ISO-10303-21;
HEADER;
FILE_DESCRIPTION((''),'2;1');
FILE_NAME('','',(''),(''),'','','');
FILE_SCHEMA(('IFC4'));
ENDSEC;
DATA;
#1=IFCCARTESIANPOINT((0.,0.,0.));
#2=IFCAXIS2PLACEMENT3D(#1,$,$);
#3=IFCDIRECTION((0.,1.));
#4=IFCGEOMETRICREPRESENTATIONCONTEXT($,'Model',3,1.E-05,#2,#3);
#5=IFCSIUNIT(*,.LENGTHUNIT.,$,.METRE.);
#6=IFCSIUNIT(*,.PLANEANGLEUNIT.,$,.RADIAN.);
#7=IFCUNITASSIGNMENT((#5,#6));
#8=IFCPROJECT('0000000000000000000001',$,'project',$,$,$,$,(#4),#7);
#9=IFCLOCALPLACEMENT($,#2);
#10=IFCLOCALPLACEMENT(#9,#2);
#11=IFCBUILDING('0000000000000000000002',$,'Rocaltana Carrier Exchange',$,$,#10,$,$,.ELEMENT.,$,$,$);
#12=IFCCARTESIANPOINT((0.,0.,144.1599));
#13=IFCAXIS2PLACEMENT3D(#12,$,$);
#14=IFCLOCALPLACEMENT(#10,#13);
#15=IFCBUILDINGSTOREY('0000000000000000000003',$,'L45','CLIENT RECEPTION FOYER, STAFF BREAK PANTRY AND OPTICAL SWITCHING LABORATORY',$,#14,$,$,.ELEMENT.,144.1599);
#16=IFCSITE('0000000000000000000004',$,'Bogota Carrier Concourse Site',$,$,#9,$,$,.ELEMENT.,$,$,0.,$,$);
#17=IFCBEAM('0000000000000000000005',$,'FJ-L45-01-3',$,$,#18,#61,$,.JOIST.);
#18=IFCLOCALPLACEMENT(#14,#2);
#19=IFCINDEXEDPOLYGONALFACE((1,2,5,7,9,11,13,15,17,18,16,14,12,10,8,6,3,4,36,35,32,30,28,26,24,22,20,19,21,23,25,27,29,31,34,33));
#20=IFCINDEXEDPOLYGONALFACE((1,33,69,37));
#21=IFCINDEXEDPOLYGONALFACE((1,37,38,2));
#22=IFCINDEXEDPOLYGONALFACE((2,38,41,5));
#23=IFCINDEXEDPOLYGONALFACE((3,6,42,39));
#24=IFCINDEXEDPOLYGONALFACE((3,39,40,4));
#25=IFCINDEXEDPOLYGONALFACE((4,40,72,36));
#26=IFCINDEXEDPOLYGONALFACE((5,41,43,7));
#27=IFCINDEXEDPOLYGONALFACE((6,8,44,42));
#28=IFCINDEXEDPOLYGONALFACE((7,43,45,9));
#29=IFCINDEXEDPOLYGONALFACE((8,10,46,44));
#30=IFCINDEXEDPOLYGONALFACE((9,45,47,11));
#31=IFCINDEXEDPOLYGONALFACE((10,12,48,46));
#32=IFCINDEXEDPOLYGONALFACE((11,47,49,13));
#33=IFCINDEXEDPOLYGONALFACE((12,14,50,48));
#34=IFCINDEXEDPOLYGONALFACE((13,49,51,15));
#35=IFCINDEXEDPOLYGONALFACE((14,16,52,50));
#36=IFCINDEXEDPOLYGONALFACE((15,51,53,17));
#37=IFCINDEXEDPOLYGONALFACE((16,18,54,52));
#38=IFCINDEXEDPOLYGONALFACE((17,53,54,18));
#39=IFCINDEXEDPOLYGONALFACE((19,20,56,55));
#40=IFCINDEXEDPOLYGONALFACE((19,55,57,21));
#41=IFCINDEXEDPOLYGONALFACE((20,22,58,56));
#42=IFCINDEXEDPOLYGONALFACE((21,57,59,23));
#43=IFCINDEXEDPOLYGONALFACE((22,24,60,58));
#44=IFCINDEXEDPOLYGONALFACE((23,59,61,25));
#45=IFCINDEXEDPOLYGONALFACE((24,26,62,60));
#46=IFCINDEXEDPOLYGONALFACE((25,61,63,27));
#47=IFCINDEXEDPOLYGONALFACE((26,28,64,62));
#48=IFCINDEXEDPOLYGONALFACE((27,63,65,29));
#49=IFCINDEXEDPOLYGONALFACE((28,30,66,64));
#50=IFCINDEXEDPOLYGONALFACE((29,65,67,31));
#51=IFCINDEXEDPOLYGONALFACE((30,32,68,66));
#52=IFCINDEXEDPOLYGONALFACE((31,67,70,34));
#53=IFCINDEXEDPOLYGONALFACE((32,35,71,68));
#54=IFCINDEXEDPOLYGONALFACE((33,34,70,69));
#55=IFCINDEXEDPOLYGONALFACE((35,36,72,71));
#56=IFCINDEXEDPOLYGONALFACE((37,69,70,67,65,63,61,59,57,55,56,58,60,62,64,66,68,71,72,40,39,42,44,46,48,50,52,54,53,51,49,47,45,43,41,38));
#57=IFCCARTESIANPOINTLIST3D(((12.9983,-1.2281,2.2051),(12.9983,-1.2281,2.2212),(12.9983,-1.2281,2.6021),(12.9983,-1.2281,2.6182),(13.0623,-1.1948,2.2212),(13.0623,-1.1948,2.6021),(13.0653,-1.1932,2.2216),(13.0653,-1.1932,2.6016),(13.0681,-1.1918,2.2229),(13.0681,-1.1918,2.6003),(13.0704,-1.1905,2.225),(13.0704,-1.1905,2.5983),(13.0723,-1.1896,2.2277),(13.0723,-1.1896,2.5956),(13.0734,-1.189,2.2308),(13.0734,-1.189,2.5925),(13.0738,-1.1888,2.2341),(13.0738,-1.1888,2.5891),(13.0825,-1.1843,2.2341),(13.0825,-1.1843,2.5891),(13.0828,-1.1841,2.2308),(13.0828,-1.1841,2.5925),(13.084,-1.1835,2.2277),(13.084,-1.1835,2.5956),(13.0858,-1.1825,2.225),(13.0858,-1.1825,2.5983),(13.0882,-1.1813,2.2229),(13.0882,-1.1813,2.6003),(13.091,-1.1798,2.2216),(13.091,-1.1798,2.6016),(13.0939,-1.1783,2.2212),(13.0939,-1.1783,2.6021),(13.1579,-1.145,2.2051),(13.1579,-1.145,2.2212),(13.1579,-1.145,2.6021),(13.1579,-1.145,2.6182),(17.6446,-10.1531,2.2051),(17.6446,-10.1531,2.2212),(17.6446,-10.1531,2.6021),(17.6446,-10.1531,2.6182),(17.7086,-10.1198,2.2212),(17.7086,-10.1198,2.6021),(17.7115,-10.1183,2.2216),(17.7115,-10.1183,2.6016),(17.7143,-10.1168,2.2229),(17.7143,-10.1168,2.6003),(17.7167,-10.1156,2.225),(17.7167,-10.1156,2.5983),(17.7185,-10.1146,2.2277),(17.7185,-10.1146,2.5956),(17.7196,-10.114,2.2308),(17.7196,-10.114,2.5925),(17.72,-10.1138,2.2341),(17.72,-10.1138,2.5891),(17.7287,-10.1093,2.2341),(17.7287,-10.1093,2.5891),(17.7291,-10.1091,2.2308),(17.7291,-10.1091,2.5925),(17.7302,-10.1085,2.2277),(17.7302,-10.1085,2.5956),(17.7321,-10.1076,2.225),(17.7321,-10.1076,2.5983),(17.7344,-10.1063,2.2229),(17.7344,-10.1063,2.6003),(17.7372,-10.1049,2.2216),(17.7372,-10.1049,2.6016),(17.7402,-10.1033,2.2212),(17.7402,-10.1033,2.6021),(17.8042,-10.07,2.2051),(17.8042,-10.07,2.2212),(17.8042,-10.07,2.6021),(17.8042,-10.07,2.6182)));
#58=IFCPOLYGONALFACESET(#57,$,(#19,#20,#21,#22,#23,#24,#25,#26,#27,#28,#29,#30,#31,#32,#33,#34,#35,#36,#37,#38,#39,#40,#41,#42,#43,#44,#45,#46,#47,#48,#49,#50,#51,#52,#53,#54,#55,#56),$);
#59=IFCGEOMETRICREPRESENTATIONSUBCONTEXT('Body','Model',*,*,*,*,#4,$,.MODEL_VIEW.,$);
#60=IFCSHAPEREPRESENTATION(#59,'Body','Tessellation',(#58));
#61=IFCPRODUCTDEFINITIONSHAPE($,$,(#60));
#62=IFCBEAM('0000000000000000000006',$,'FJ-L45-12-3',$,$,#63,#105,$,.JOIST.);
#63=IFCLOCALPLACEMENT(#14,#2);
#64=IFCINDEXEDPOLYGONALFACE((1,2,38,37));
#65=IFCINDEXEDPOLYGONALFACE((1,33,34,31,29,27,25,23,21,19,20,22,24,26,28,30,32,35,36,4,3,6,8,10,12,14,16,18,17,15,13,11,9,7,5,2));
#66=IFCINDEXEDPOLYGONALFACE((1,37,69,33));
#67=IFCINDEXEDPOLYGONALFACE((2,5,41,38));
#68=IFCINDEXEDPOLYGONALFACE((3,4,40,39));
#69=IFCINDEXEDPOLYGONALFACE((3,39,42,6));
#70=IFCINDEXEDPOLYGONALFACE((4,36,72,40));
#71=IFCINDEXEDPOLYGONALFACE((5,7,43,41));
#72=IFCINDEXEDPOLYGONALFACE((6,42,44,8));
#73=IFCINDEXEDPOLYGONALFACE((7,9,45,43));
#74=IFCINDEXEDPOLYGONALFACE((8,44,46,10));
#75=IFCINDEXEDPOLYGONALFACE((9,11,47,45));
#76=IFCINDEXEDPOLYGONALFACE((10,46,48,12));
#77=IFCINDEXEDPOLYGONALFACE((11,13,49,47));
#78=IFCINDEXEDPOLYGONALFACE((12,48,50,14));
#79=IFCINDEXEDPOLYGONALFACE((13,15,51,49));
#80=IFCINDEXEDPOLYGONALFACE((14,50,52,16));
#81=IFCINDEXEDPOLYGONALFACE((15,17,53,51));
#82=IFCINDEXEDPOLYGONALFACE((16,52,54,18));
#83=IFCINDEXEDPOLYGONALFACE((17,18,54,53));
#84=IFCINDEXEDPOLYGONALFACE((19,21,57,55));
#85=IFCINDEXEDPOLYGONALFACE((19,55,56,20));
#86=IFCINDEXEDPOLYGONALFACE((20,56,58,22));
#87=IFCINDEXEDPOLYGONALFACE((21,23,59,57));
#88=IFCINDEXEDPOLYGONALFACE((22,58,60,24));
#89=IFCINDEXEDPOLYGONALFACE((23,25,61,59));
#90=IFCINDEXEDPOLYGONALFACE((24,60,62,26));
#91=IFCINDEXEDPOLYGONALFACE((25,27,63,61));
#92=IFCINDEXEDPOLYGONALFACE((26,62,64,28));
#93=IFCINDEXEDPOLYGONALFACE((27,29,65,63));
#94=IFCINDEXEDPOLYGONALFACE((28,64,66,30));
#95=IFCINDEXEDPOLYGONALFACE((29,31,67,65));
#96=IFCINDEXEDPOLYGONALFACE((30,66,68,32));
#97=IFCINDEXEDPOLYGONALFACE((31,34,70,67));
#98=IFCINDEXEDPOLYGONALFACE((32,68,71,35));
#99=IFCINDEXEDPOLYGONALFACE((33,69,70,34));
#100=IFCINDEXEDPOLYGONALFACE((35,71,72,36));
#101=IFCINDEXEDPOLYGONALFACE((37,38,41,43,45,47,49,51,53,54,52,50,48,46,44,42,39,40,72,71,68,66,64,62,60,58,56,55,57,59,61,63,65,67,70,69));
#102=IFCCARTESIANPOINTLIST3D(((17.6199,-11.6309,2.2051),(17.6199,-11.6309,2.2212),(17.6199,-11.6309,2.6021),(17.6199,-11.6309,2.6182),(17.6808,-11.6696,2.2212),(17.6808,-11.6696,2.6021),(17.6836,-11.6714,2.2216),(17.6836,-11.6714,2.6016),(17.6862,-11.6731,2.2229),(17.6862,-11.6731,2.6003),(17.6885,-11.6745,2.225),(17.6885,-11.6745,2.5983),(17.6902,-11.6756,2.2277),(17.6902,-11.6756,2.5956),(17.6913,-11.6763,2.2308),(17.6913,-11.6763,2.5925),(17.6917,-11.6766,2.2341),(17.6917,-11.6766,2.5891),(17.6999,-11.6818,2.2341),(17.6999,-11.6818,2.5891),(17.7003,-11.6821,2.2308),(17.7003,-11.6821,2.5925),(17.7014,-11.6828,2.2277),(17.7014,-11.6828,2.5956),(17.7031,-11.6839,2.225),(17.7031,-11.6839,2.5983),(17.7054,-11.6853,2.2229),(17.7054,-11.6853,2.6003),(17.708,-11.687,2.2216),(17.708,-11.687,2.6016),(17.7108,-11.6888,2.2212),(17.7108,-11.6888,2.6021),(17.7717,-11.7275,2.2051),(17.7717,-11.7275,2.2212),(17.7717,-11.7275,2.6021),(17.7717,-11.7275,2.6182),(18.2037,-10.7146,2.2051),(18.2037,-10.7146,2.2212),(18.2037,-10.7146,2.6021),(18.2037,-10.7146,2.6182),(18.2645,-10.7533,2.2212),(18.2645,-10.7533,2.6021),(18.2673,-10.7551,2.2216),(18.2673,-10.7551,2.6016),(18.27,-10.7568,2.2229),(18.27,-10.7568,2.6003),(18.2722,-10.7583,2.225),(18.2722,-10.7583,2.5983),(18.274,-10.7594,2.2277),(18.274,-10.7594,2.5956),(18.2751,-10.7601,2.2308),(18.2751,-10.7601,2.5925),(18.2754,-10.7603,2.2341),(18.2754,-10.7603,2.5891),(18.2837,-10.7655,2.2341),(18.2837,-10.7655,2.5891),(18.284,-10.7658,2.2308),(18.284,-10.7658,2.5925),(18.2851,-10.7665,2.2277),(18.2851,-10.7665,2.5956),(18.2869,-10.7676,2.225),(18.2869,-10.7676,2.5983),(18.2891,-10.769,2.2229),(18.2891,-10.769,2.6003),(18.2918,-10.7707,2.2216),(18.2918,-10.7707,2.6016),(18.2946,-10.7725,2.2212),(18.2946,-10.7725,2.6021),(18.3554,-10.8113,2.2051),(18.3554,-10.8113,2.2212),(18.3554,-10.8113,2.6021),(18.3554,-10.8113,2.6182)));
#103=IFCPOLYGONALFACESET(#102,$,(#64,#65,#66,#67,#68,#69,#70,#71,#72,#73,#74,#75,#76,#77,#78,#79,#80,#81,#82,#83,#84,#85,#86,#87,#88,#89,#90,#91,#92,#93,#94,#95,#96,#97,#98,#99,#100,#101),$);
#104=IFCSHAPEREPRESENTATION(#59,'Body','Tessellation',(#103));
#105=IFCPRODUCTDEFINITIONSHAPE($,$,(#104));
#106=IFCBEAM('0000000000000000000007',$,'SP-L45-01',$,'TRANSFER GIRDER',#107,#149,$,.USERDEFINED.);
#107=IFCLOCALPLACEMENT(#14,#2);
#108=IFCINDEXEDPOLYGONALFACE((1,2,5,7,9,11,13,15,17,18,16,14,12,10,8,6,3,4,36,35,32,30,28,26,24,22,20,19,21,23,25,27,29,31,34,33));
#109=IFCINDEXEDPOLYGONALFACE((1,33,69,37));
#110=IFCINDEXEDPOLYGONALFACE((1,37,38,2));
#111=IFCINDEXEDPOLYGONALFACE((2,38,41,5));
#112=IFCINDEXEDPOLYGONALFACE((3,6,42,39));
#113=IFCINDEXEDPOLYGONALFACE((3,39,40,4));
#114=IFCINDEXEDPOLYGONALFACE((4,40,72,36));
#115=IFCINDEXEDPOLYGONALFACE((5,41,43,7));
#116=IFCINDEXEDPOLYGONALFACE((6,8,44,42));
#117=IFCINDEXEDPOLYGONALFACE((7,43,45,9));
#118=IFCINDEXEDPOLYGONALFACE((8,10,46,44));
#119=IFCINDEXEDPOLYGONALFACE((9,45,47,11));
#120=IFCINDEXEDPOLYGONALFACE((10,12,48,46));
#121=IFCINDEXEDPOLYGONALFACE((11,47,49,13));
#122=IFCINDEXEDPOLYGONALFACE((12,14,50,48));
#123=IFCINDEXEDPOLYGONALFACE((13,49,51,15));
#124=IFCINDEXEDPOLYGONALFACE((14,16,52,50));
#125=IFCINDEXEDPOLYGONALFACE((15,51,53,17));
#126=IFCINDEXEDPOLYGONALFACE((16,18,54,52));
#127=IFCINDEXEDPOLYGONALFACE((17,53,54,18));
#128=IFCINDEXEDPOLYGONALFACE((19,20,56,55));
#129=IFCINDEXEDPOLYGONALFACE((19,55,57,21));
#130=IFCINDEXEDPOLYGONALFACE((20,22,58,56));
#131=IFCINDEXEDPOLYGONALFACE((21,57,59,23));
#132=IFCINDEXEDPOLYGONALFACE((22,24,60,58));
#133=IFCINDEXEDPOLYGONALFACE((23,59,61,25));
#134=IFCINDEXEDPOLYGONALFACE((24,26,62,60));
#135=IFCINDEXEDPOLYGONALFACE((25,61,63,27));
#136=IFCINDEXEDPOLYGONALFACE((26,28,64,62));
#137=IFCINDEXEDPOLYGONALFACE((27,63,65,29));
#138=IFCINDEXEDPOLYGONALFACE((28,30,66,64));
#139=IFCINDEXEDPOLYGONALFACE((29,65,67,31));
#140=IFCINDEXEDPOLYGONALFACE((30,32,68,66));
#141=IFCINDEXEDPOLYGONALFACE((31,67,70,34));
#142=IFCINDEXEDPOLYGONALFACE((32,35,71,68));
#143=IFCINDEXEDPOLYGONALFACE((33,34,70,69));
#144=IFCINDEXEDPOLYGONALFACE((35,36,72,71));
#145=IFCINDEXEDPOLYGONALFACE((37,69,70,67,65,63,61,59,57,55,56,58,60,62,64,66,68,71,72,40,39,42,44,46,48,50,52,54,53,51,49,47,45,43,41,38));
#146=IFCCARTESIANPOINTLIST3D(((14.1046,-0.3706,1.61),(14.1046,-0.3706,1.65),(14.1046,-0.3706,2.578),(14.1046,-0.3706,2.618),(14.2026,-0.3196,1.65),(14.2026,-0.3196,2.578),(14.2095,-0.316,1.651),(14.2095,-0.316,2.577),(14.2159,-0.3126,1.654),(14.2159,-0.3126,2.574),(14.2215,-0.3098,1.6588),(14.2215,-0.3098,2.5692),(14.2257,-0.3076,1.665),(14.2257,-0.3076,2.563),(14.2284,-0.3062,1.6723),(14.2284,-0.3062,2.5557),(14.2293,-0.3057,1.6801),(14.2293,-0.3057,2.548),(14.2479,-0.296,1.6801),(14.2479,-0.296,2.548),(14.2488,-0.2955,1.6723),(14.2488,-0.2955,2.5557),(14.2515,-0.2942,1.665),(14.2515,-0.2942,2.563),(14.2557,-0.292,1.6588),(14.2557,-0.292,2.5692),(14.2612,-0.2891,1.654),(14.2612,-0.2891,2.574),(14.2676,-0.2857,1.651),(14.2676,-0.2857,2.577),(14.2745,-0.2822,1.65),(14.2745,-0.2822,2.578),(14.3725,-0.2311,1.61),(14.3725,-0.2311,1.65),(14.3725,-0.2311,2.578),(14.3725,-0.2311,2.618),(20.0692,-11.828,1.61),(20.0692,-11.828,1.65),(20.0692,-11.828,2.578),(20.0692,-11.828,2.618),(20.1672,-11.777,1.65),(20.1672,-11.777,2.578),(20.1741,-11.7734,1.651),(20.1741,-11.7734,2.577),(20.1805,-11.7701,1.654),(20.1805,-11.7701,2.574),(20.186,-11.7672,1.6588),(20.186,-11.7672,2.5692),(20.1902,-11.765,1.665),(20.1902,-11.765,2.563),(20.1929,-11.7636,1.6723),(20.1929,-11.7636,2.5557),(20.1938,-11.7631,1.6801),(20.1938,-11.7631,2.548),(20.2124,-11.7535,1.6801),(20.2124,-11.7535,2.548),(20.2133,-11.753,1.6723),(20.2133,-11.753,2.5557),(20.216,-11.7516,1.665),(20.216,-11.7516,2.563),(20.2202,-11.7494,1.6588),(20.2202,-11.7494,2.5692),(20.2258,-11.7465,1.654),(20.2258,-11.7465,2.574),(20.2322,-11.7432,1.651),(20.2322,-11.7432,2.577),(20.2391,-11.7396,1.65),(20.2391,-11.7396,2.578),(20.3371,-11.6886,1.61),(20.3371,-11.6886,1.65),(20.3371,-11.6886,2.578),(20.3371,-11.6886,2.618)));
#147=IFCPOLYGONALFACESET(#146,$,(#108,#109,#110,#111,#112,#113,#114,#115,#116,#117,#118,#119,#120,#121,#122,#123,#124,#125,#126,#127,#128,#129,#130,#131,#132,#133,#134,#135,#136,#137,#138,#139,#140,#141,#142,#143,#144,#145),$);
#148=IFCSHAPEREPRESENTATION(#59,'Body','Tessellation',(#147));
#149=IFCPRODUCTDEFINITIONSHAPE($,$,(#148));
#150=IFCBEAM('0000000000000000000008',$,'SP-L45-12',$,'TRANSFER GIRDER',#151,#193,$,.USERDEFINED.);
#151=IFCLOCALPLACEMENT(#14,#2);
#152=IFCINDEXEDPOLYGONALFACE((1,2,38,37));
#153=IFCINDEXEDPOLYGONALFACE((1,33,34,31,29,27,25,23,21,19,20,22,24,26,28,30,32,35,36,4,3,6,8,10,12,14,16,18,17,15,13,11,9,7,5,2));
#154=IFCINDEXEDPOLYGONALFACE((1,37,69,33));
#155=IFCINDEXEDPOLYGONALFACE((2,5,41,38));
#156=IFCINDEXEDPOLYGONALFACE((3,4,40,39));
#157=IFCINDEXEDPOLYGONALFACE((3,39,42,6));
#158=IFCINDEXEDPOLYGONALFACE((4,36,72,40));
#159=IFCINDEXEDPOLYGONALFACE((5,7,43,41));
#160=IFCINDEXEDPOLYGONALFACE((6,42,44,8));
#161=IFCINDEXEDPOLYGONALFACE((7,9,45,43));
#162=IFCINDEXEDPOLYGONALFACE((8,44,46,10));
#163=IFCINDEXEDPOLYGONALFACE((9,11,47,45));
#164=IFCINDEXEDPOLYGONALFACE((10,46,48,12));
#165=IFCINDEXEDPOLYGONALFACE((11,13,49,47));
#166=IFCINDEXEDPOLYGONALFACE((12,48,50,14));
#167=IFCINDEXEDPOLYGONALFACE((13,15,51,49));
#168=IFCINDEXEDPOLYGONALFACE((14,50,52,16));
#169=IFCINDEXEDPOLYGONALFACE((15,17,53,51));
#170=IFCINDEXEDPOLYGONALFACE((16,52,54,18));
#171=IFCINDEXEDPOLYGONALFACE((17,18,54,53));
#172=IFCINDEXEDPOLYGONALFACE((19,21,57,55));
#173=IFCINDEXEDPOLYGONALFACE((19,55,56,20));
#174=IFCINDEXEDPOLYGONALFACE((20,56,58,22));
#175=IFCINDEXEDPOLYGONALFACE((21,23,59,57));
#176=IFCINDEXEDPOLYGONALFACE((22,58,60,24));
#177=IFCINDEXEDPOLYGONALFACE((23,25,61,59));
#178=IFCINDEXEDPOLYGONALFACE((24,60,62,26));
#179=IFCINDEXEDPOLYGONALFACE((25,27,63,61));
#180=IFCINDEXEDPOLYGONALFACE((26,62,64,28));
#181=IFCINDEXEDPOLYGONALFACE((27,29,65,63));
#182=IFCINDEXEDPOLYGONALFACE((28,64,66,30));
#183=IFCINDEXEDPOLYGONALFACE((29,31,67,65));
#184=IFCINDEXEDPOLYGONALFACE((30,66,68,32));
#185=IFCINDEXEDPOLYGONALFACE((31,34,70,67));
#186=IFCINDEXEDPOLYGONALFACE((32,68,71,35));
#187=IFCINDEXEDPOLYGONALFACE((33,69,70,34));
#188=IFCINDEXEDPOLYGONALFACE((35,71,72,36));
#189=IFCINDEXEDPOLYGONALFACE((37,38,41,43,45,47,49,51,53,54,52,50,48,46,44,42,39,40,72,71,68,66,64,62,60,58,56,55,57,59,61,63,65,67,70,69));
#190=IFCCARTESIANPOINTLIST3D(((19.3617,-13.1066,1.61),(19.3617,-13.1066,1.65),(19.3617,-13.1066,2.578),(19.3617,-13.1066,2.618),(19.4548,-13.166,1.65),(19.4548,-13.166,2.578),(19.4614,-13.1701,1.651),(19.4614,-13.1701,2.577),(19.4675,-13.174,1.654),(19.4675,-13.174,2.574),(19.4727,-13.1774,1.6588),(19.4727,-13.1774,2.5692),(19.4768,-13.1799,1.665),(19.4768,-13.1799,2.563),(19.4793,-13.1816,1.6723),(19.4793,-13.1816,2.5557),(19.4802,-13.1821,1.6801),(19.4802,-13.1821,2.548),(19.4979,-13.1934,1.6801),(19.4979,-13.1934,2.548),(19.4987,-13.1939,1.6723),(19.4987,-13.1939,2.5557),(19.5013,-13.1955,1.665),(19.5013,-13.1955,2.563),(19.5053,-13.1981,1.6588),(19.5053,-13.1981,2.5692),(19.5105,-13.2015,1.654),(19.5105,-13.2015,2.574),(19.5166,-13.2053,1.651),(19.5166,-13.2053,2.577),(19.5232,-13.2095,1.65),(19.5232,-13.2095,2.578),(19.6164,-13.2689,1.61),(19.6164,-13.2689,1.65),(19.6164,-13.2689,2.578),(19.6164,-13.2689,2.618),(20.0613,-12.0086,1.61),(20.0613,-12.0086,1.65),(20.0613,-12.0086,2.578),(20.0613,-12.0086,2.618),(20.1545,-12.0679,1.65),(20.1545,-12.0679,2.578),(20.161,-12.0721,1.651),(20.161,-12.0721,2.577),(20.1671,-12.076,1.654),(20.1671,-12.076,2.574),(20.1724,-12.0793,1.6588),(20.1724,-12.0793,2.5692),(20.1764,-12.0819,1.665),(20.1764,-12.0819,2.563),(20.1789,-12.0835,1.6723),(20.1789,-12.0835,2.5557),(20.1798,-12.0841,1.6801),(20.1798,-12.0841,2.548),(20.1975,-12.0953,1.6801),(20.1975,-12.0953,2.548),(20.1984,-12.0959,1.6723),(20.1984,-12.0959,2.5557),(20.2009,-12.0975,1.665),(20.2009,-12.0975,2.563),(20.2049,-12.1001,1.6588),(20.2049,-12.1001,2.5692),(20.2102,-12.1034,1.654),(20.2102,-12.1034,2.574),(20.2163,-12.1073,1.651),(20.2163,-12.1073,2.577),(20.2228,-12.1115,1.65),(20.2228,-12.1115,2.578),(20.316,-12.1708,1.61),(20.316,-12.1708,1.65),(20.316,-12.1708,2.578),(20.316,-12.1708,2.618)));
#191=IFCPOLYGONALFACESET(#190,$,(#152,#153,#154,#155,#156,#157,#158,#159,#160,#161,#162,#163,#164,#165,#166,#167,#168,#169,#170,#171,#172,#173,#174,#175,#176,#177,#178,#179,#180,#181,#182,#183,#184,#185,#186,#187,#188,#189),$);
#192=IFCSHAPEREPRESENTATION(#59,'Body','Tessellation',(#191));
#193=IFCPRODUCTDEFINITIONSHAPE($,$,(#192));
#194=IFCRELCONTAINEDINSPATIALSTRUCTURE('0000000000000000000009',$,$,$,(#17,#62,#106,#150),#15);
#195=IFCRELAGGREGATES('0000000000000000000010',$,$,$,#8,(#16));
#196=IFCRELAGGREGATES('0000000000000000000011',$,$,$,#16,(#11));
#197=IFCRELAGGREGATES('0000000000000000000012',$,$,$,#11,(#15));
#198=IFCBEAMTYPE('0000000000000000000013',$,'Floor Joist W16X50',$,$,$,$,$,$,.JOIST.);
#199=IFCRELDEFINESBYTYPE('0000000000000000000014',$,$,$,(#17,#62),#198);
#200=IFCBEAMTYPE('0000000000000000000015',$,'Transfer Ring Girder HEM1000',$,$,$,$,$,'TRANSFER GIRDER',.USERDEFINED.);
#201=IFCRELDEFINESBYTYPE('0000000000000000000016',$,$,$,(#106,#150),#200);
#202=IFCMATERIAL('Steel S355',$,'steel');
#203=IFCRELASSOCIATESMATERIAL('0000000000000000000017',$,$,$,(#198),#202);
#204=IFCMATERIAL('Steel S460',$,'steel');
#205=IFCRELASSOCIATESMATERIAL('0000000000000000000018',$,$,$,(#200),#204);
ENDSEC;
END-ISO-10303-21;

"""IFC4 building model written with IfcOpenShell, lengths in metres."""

from ifc_helpers import new_model, si_unit, direction, frame, origin, origin_2d, place, context, subcontext, project, spatial, i_section, extrude, material, material_profile, profile_set, type_object, element, save


model = new_model("IFC4")

# Units and contexts
model_context = context("Model", 3, precision=1e-05, world=origin(), true_north=direction((0.0, 1.0)))
body_context = subcontext(model_context, "Body", "Model", "MODEL_VIEW")
ifc_project = project(units=[si_unit("LENGTHUNIT", "METRE"), si_unit("PLANEANGLEUNIT", "RADIAN")], contexts=[model_context])

# Site, building, storey
site_placement = place(None, origin())
site = spatial("IfcSite", under=ifc_project, at=site_placement, Name="Bogota Carrier Concourse Site", CompositionType="ELEMENT", RefElevation=0.0)
building_placement = place(site_placement, origin())
building = spatial("IfcBuilding", under=site, at=building_placement, Name="Rocaltana Carrier Exchange", CompositionType="ELEMENT")
storey_placement = place(building_placement, frame((0.0, 0.0, 144.1599)))
storey = spatial("IfcBuildingStorey", under=building, at=storey_placement, Name="L45", Description="CLIENT RECEPTION FOYER, STAFF BREAK PANTRY AND OPTICAL SWITCHING LABORATORY", CompositionType="ELEMENT", Elevation=144.1599)

# Beams
ifc_material_1 = material(Name="Steel S355", Category="steel")
ifc_material_profile_1 = material_profile(ifc_material_1, i_section(OverallWidth=0.1799, OverallDepth=0.4131, WebThickness=0.0098, FlangeThickness=0.0161, FilletRadius=0.0129, at=origin_2d()), Name="W16X50")
ifc_profile_set_1 = profile_set([ifc_material_profile_1], Name="Steel S355")
beam_type_1 = type_object("IfcBeamType", Name="Floor Joist W16X50", PredefinedType="JOIST", material=ifc_profile_set_1)
beam_1_placement = place(storey_placement, frame((17.7244, -10.1116, 2.4116), z_axis=(-0.461761, 0.887005, 0.0), x_axis=(-0.887005, -0.461761, 0.0)))
element("IfcBeam", 1, at=beam_1_placement, inside=storey, type_object=beam_type_1, Name="FJ-L45-01-3", PredefinedType="JOIST", context=body_context, shape_type="SweptSolid", body=[
    extrude(i_section(OverallWidth=0.1799, OverallDepth=0.4131, WebThickness=0.0098, FlangeThickness=0.0161, FilletRadius=0.0129, at=origin_2d()), origin(), (0.0, 0.0, 1.0), 10.062),
])
beam_2_placement = place(storey_placement, frame((17.6958, -11.6792, 2.4116), z_axis=(0.537312, 0.843384, 0.0), x_axis=(-0.843384, 0.537312, 0.0)))
element("IfcBeam", 2, at=beam_2_placement, inside=storey, type_object=beam_type_1, Name="FJ-L45-12-3", PredefinedType="JOIST", context=body_context, shape_type="SweptSolid", body=[
    extrude(i_section(OverallWidth=0.1799, OverallDepth=0.4131, WebThickness=0.0098, FlangeThickness=0.0161, FilletRadius=0.0129, at=origin_2d()), origin(), (0.0, 0.0, 1.0), 1.0864),
])
ifc_material_2 = material(Name="Steel S460", Category="steel")
ifc_material_profile_2 = material_profile(ifc_material_2, i_section(OverallWidth=0.302, OverallDepth=1.0081, WebThickness=0.021, FlangeThickness=0.04, FilletRadius=0.03, at=origin_2d()), Name="HEM1000")
ifc_profile_set_2 = profile_set([ifc_material_profile_2], Name="Steel S460")
beam_type_2 = type_object("IfcBeamType", Name="Transfer Ring Girder HEM1000", ElementType="TRANSFER GIRDER", PredefinedType="USERDEFINED", material=ifc_profile_set_2)
beam_3_placement = place(storey_placement, frame((20.2031, -11.7583, 2.114), z_axis=(-0.46176, 0.887005, 0.0), x_axis=(-0.887005, -0.46176, 0.0)))
element("IfcBeam", 3, at=beam_3_placement, inside=storey, type_object=beam_type_2, Name="SP-L45-01", ObjectType="TRANSFER GIRDER", PredefinedType="USERDEFINED", context=body_context, shape_type="SweptSolid", body=[
    extrude(i_section(OverallWidth=0.302, OverallDepth=1.0081, WebThickness=0.021, FlangeThickness=0.04, FilletRadius=0.03, at=origin_2d()), origin(), (0.0, 0.0, 1.0), 12.917),
])
beam_4_placement = place(storey_placement, frame((19.489, -13.1877, 2.114), z_axis=(0.537361, 0.843353, 0.0), x_axis=(-0.843353, 0.537361, 0.0)))
element("IfcBeam", 4, at=beam_4_placement, inside=storey, type_object=beam_type_2, Name="SP-L45-12", ObjectType="TRANSFER GIRDER", PredefinedType="USERDEFINED", context=body_context, shape_type="SweptSolid", body=[
    extrude(i_section(OverallWidth=0.302, OverallDepth=1.0081, WebThickness=0.021, FlangeThickness=0.04, FilletRadius=0.03, at=origin_2d()), origin(), (0.0, 0.0, 1.0), 1.302),
])

save(model, "model.ifc")
